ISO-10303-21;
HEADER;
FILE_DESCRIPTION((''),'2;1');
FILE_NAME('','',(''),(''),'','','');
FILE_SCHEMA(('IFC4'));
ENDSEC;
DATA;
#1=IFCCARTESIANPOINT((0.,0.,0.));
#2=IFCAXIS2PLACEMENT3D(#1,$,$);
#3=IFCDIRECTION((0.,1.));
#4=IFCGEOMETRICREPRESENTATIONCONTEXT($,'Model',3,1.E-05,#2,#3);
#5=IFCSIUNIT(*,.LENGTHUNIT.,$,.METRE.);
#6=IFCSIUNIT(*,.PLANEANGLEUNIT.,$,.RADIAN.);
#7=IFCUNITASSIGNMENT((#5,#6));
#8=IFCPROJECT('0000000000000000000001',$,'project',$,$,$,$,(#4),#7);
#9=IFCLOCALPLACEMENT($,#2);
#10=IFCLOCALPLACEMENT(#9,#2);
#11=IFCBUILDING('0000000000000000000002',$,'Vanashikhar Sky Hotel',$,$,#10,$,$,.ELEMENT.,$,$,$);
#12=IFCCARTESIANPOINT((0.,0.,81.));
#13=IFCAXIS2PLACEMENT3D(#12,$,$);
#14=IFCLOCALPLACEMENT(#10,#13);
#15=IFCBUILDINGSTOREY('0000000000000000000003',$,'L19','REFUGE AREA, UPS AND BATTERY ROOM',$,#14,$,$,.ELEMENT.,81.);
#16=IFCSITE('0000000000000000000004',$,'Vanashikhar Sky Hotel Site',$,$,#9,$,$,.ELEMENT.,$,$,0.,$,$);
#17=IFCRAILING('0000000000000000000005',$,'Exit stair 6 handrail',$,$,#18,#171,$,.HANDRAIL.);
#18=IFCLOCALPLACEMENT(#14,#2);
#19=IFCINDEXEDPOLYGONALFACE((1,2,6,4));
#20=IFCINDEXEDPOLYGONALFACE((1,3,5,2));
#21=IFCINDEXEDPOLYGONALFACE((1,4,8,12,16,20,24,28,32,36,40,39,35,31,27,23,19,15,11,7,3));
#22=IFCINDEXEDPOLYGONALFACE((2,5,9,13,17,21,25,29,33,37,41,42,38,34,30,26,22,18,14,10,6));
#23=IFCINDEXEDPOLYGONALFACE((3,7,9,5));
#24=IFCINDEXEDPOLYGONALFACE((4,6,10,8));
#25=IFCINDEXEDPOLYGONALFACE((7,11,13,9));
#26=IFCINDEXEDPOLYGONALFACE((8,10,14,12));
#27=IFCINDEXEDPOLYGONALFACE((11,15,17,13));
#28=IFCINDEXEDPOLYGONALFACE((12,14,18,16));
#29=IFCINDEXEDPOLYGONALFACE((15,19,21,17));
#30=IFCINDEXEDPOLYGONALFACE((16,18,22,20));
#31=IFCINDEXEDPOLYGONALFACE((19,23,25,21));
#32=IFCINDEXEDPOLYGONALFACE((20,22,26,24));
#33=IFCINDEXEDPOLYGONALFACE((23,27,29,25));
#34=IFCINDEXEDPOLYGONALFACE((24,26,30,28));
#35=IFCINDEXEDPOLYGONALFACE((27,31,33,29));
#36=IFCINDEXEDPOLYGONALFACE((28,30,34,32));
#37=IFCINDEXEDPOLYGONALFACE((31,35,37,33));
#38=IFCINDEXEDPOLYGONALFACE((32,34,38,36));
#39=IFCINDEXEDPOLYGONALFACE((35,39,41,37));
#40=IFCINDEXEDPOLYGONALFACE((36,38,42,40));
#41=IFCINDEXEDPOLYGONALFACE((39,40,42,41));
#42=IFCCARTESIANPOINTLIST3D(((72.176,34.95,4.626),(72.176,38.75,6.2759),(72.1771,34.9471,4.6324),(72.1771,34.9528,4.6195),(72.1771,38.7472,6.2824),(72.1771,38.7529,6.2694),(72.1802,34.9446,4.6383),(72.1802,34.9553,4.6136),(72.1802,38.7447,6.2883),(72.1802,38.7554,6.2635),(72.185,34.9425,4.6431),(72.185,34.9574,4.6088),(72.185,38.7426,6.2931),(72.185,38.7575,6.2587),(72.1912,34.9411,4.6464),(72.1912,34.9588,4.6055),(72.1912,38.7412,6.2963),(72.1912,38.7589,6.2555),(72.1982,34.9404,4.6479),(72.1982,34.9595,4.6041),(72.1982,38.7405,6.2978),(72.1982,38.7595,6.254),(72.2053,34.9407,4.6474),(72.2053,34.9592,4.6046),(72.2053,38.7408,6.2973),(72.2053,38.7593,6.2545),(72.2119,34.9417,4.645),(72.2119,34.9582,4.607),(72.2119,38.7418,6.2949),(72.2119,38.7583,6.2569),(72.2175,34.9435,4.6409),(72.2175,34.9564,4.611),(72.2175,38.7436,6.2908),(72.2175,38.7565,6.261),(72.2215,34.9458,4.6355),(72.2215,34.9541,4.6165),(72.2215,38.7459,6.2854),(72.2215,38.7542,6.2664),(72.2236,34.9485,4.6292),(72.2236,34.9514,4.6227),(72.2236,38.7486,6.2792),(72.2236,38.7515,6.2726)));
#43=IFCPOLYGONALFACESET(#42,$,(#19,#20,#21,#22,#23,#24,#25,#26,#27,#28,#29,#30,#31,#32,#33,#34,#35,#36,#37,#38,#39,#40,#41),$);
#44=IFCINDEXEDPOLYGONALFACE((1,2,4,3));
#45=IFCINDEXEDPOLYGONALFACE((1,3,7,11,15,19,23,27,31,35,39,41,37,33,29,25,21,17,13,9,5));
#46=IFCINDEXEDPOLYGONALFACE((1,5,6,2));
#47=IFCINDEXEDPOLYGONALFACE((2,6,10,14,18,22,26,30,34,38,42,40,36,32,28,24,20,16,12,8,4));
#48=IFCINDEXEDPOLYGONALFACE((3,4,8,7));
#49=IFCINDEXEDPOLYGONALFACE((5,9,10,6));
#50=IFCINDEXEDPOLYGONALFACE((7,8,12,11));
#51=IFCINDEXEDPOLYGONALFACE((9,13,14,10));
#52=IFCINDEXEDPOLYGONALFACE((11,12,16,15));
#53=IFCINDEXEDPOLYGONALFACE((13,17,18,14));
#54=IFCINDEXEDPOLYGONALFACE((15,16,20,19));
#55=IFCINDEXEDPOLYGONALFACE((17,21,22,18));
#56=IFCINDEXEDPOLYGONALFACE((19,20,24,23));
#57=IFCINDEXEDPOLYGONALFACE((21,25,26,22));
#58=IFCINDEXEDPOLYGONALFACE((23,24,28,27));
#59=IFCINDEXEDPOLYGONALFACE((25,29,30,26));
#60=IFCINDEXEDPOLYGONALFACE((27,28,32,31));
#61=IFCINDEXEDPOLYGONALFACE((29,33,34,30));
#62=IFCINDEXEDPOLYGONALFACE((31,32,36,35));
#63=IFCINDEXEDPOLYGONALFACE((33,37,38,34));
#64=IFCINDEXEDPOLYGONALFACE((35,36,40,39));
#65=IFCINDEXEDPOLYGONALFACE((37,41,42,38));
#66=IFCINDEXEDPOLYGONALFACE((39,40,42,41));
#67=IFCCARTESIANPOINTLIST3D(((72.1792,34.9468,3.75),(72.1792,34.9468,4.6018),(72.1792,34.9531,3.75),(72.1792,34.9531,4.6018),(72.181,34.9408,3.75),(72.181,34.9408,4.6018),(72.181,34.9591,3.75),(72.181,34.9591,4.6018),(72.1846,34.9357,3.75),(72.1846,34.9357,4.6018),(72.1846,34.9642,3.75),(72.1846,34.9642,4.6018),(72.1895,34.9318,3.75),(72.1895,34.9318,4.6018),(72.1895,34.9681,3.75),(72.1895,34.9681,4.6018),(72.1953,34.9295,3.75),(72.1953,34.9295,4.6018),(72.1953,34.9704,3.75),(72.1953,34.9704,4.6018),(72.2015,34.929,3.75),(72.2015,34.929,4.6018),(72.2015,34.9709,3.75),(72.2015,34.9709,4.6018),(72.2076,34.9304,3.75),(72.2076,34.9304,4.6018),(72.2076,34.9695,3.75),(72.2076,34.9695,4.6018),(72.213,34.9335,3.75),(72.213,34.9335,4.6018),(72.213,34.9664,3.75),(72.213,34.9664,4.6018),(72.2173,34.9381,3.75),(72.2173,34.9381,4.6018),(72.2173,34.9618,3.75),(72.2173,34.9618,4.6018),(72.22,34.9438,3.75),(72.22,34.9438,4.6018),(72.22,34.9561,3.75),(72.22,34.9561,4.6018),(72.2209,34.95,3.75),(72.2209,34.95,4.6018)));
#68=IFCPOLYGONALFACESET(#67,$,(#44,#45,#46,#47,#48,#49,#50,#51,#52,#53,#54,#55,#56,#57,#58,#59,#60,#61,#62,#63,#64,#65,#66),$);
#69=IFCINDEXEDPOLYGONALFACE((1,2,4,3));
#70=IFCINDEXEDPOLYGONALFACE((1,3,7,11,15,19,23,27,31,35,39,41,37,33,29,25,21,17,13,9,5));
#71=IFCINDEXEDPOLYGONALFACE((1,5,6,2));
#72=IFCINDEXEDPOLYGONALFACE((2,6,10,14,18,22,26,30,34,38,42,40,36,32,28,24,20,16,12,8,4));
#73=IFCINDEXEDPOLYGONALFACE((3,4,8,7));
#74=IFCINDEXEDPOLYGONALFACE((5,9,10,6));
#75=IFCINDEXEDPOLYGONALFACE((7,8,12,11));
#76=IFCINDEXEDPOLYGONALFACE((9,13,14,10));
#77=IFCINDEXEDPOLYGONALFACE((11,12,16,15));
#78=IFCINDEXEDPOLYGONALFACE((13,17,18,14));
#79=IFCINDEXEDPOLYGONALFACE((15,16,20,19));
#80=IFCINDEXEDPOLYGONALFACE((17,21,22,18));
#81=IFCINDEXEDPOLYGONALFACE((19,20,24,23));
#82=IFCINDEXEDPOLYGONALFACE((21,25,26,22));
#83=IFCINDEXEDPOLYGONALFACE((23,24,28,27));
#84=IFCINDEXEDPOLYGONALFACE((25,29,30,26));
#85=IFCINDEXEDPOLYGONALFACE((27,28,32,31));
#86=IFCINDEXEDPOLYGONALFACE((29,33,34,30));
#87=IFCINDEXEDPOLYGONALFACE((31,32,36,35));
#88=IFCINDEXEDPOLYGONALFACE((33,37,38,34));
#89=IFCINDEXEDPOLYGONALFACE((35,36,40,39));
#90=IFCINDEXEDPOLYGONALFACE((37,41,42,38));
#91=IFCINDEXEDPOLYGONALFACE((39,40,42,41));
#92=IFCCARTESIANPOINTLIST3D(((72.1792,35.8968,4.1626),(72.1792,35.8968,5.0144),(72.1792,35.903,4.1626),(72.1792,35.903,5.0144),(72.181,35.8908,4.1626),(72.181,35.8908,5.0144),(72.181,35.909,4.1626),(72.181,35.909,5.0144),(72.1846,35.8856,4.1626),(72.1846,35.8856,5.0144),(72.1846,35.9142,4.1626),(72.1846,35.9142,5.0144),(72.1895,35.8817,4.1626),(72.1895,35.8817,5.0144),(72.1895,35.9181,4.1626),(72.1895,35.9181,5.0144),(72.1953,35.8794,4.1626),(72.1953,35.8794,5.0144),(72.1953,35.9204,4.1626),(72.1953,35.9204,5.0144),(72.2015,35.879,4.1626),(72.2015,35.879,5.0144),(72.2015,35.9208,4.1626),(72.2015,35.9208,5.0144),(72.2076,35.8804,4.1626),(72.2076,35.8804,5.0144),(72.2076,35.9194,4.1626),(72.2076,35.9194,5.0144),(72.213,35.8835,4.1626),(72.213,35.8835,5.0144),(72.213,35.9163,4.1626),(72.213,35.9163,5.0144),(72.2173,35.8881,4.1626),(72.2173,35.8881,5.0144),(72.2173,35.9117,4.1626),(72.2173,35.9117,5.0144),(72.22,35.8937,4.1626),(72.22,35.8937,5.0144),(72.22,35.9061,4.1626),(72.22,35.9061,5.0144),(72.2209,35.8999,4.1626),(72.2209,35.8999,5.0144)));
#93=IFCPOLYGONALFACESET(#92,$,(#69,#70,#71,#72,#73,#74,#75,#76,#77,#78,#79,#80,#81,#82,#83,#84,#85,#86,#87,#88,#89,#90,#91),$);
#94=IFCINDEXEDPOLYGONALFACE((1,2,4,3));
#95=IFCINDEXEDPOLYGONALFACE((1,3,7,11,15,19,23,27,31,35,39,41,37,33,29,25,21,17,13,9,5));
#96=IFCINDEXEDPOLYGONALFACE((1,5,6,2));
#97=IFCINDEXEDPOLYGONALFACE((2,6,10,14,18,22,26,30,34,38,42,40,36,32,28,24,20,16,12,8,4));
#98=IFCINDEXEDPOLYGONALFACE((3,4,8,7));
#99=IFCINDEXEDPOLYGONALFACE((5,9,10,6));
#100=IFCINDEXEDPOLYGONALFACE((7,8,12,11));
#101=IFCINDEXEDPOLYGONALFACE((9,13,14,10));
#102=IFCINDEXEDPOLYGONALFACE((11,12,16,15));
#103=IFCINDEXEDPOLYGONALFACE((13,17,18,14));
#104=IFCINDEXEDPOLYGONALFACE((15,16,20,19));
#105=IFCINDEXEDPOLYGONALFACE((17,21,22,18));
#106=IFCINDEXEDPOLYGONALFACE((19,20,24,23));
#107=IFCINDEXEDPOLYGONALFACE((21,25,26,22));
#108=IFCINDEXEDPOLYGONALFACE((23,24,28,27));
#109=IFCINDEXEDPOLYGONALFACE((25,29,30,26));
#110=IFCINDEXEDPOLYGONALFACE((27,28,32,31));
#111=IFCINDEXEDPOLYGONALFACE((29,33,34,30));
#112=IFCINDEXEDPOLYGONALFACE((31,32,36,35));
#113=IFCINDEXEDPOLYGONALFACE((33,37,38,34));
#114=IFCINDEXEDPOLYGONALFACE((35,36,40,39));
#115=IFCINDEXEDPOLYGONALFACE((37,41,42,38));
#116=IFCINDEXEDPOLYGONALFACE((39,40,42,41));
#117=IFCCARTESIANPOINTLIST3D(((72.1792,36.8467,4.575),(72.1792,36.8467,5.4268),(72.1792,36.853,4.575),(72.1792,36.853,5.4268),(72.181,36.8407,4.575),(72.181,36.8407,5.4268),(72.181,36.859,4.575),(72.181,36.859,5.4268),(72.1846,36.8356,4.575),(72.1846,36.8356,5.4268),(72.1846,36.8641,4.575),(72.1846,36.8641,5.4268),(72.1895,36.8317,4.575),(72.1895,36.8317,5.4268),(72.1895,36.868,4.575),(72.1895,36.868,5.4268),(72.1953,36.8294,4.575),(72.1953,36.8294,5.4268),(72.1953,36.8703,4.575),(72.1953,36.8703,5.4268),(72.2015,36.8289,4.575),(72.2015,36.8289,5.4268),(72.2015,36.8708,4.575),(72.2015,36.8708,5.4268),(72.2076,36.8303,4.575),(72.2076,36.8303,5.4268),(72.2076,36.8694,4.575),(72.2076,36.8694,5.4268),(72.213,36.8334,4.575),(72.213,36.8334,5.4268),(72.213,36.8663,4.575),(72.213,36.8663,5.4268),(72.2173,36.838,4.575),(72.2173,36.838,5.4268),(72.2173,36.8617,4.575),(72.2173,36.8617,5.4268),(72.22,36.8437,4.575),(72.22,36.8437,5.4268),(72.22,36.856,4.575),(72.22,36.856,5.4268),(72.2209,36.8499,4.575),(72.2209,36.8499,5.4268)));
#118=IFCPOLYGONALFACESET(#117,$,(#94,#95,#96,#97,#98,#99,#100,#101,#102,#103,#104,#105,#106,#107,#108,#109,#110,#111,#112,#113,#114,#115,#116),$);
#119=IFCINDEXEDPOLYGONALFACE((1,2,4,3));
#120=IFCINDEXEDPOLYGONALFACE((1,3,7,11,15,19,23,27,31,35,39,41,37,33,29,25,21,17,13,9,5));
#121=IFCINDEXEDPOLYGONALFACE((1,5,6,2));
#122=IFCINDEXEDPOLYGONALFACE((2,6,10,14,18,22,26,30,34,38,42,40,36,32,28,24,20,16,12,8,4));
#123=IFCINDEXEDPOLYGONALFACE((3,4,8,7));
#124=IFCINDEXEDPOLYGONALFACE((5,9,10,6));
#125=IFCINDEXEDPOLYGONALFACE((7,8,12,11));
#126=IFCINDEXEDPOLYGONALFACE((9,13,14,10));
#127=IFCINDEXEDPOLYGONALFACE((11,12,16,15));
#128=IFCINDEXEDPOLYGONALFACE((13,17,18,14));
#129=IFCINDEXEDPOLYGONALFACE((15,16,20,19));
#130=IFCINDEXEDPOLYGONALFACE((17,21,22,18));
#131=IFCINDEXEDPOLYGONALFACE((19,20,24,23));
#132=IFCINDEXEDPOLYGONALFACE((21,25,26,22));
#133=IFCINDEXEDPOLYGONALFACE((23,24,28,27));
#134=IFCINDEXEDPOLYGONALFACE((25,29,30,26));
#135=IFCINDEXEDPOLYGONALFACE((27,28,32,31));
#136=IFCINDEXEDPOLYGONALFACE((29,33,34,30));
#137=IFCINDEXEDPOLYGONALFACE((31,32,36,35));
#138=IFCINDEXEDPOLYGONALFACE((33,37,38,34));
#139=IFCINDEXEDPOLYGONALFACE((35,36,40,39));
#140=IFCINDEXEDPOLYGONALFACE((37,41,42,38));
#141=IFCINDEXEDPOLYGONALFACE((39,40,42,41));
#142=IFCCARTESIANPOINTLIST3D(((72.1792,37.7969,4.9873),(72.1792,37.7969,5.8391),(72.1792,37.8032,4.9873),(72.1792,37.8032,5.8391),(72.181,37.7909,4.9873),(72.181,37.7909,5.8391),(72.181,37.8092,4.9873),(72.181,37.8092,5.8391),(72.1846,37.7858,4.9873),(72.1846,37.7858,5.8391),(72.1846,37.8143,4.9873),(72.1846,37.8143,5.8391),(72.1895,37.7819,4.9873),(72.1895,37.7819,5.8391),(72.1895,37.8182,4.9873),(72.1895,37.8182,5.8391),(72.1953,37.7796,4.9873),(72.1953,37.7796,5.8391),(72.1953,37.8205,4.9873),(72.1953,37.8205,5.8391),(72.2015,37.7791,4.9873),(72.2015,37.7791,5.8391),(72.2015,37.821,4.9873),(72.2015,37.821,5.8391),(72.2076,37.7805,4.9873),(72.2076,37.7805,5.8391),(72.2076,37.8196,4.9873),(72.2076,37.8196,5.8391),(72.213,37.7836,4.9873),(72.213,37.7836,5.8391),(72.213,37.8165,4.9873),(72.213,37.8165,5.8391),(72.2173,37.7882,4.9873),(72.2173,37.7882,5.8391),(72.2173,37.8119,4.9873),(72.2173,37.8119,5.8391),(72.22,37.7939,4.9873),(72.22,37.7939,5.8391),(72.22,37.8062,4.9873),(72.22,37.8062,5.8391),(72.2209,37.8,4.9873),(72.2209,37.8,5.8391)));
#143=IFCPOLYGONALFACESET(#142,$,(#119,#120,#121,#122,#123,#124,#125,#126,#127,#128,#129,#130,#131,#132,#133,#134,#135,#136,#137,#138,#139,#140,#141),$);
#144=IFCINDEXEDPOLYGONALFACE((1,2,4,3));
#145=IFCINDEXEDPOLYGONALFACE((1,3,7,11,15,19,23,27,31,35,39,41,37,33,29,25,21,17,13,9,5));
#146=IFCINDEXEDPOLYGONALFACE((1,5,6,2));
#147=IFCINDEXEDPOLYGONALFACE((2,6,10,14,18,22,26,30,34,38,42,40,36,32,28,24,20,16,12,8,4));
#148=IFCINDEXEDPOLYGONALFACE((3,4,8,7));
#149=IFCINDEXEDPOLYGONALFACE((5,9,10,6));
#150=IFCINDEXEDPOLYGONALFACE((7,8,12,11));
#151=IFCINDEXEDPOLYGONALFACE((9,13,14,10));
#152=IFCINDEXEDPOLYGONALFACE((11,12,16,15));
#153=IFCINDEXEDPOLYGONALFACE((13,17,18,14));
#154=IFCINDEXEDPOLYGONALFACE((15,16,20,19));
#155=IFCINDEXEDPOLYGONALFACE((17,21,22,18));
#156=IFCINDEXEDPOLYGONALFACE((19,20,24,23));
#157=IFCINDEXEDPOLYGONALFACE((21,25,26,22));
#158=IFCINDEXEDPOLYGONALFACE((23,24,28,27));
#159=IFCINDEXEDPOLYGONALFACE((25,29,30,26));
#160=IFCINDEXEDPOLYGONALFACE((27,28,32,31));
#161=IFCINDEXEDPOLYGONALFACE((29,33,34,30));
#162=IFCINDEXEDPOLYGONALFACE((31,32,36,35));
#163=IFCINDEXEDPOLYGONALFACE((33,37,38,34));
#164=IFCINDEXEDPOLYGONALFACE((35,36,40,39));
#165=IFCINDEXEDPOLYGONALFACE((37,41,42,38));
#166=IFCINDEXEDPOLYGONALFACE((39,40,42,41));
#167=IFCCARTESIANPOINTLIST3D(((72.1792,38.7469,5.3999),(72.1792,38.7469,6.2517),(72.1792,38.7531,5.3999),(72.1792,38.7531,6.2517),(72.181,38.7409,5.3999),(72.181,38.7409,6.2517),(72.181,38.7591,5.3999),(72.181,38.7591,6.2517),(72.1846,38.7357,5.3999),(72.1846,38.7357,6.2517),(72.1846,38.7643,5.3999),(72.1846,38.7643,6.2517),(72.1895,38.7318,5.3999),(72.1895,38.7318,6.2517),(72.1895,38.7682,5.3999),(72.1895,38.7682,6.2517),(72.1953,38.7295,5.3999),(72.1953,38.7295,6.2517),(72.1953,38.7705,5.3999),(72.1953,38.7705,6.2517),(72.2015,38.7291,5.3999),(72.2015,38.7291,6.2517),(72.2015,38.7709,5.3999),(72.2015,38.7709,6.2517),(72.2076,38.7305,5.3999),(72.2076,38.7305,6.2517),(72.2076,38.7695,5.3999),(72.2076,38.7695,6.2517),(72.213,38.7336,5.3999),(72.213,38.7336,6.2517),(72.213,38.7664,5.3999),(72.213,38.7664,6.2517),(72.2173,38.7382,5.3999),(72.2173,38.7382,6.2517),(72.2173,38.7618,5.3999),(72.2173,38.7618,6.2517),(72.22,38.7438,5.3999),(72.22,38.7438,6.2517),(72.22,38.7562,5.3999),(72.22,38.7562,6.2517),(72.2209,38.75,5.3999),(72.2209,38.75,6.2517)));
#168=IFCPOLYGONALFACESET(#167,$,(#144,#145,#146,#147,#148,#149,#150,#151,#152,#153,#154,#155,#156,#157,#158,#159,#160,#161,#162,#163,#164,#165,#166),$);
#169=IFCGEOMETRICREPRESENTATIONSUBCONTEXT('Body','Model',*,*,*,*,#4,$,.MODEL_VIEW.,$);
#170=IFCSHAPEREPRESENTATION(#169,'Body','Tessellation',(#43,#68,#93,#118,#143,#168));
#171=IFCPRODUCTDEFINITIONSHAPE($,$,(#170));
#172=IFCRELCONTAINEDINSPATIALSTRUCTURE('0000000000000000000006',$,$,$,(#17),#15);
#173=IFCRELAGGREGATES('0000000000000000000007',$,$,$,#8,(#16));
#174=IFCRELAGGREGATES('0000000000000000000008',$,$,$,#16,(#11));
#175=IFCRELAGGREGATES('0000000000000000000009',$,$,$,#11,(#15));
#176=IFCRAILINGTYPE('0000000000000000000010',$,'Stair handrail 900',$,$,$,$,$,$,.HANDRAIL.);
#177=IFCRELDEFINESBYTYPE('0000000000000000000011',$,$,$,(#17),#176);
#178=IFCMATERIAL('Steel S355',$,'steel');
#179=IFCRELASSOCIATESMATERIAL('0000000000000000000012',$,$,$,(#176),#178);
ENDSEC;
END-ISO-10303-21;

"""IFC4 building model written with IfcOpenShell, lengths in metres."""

from ifc_helpers import new_model, si_unit, direction, frame, origin, origin_2d, place, context, subcontext, project, spatial, circle, extrude, source, transform, mapped, material, type_object, element, save


model = new_model("IFC4")

# Units and contexts
model_context = context("Model", 3, precision=1e-05, world=origin(), true_north=direction((0.0, 1.0)))
body_context = subcontext(model_context, "Body", "Model", "MODEL_VIEW")
ifc_project = project(units=[si_unit("LENGTHUNIT", "METRE"), si_unit("PLANEANGLEUNIT", "RADIAN")], contexts=[model_context])

# Site, building, storey
site_placement = place(None, origin())
site = spatial("IfcSite", under=ifc_project, at=site_placement, Name="Vanashikhar Sky Hotel Site", CompositionType="ELEMENT", RefElevation=0.0)
building_placement = place(site_placement, origin())
building = spatial("IfcBuilding", under=site, at=building_placement, Name="Vanashikhar Sky Hotel", CompositionType="ELEMENT")
storey_placement = place(building_placement, frame((0.0, 0.0, 81.0)))
storey = spatial("IfcBuildingStorey", under=building, at=storey_placement, Name="L19", Description="REFUGE AREA, UPS AND BATTERY ROOM", CompositionType="ELEMENT", Elevation=81.0)

# Railing
ifc_material_1 = material(Name="Steel S355", Category="steel")
railing_type_1 = type_object("IfcRailingType", Name="Stair handrail 900", PredefinedType="HANDRAIL", material=ifc_material_1)
shared_shape_1 = source(origin(), body_context, "Body", "SweptSolid", [
    extrude(circle(Radius=0.0239, at=origin_2d()), frame((0.0, 0.0, 0.876), z_axis=(0.0, 0.917272, 0.398261), x_axis=(-1.0, 0.0, 0.0)), (0.0, 0.0, 1.0), 4.1428),
    extrude(circle(Radius=0.021, at=origin_2d()), origin(), (0.0, 0.0, 1.0), 0.8518),
    extrude(circle(Radius=0.021, at=origin_2d()), frame((0.0, 0.95, 0.4126)), (0.0, 0.0, 1.0), 0.8518),
    extrude(circle(Radius=0.021, at=origin_2d()), frame((0.0, 1.8999, 0.825)), (0.0, 0.0, 1.0), 0.8518),
    extrude(circle(Radius=0.021, at=origin_2d()), frame((0.0, 2.8501, 1.2373)), (0.0, 0.0, 1.0), 0.8518),
    extrude(circle(Radius=0.021, at=origin_2d()), frame((0.0, 3.8, 1.6499)), (0.0, 0.0, 1.0), 0.8518),
])
for number, where, name in (
    (1, (72.2, 34.95, 3.75), "Exit stair 6 handrail"),
):
    element("IfcRailing", number, at=place(storey_placement, frame(where)), inside=storey, type_object=railing_type_1, Name=name, PredefinedType="HANDRAIL", context=body_context, shape_type="MappedRepresentation", body=[
        mapped(shared_shape_1, transform((0.0, 0.0, 0.0), scale=1.0)),
    ])

save(model, "model.ifc")
